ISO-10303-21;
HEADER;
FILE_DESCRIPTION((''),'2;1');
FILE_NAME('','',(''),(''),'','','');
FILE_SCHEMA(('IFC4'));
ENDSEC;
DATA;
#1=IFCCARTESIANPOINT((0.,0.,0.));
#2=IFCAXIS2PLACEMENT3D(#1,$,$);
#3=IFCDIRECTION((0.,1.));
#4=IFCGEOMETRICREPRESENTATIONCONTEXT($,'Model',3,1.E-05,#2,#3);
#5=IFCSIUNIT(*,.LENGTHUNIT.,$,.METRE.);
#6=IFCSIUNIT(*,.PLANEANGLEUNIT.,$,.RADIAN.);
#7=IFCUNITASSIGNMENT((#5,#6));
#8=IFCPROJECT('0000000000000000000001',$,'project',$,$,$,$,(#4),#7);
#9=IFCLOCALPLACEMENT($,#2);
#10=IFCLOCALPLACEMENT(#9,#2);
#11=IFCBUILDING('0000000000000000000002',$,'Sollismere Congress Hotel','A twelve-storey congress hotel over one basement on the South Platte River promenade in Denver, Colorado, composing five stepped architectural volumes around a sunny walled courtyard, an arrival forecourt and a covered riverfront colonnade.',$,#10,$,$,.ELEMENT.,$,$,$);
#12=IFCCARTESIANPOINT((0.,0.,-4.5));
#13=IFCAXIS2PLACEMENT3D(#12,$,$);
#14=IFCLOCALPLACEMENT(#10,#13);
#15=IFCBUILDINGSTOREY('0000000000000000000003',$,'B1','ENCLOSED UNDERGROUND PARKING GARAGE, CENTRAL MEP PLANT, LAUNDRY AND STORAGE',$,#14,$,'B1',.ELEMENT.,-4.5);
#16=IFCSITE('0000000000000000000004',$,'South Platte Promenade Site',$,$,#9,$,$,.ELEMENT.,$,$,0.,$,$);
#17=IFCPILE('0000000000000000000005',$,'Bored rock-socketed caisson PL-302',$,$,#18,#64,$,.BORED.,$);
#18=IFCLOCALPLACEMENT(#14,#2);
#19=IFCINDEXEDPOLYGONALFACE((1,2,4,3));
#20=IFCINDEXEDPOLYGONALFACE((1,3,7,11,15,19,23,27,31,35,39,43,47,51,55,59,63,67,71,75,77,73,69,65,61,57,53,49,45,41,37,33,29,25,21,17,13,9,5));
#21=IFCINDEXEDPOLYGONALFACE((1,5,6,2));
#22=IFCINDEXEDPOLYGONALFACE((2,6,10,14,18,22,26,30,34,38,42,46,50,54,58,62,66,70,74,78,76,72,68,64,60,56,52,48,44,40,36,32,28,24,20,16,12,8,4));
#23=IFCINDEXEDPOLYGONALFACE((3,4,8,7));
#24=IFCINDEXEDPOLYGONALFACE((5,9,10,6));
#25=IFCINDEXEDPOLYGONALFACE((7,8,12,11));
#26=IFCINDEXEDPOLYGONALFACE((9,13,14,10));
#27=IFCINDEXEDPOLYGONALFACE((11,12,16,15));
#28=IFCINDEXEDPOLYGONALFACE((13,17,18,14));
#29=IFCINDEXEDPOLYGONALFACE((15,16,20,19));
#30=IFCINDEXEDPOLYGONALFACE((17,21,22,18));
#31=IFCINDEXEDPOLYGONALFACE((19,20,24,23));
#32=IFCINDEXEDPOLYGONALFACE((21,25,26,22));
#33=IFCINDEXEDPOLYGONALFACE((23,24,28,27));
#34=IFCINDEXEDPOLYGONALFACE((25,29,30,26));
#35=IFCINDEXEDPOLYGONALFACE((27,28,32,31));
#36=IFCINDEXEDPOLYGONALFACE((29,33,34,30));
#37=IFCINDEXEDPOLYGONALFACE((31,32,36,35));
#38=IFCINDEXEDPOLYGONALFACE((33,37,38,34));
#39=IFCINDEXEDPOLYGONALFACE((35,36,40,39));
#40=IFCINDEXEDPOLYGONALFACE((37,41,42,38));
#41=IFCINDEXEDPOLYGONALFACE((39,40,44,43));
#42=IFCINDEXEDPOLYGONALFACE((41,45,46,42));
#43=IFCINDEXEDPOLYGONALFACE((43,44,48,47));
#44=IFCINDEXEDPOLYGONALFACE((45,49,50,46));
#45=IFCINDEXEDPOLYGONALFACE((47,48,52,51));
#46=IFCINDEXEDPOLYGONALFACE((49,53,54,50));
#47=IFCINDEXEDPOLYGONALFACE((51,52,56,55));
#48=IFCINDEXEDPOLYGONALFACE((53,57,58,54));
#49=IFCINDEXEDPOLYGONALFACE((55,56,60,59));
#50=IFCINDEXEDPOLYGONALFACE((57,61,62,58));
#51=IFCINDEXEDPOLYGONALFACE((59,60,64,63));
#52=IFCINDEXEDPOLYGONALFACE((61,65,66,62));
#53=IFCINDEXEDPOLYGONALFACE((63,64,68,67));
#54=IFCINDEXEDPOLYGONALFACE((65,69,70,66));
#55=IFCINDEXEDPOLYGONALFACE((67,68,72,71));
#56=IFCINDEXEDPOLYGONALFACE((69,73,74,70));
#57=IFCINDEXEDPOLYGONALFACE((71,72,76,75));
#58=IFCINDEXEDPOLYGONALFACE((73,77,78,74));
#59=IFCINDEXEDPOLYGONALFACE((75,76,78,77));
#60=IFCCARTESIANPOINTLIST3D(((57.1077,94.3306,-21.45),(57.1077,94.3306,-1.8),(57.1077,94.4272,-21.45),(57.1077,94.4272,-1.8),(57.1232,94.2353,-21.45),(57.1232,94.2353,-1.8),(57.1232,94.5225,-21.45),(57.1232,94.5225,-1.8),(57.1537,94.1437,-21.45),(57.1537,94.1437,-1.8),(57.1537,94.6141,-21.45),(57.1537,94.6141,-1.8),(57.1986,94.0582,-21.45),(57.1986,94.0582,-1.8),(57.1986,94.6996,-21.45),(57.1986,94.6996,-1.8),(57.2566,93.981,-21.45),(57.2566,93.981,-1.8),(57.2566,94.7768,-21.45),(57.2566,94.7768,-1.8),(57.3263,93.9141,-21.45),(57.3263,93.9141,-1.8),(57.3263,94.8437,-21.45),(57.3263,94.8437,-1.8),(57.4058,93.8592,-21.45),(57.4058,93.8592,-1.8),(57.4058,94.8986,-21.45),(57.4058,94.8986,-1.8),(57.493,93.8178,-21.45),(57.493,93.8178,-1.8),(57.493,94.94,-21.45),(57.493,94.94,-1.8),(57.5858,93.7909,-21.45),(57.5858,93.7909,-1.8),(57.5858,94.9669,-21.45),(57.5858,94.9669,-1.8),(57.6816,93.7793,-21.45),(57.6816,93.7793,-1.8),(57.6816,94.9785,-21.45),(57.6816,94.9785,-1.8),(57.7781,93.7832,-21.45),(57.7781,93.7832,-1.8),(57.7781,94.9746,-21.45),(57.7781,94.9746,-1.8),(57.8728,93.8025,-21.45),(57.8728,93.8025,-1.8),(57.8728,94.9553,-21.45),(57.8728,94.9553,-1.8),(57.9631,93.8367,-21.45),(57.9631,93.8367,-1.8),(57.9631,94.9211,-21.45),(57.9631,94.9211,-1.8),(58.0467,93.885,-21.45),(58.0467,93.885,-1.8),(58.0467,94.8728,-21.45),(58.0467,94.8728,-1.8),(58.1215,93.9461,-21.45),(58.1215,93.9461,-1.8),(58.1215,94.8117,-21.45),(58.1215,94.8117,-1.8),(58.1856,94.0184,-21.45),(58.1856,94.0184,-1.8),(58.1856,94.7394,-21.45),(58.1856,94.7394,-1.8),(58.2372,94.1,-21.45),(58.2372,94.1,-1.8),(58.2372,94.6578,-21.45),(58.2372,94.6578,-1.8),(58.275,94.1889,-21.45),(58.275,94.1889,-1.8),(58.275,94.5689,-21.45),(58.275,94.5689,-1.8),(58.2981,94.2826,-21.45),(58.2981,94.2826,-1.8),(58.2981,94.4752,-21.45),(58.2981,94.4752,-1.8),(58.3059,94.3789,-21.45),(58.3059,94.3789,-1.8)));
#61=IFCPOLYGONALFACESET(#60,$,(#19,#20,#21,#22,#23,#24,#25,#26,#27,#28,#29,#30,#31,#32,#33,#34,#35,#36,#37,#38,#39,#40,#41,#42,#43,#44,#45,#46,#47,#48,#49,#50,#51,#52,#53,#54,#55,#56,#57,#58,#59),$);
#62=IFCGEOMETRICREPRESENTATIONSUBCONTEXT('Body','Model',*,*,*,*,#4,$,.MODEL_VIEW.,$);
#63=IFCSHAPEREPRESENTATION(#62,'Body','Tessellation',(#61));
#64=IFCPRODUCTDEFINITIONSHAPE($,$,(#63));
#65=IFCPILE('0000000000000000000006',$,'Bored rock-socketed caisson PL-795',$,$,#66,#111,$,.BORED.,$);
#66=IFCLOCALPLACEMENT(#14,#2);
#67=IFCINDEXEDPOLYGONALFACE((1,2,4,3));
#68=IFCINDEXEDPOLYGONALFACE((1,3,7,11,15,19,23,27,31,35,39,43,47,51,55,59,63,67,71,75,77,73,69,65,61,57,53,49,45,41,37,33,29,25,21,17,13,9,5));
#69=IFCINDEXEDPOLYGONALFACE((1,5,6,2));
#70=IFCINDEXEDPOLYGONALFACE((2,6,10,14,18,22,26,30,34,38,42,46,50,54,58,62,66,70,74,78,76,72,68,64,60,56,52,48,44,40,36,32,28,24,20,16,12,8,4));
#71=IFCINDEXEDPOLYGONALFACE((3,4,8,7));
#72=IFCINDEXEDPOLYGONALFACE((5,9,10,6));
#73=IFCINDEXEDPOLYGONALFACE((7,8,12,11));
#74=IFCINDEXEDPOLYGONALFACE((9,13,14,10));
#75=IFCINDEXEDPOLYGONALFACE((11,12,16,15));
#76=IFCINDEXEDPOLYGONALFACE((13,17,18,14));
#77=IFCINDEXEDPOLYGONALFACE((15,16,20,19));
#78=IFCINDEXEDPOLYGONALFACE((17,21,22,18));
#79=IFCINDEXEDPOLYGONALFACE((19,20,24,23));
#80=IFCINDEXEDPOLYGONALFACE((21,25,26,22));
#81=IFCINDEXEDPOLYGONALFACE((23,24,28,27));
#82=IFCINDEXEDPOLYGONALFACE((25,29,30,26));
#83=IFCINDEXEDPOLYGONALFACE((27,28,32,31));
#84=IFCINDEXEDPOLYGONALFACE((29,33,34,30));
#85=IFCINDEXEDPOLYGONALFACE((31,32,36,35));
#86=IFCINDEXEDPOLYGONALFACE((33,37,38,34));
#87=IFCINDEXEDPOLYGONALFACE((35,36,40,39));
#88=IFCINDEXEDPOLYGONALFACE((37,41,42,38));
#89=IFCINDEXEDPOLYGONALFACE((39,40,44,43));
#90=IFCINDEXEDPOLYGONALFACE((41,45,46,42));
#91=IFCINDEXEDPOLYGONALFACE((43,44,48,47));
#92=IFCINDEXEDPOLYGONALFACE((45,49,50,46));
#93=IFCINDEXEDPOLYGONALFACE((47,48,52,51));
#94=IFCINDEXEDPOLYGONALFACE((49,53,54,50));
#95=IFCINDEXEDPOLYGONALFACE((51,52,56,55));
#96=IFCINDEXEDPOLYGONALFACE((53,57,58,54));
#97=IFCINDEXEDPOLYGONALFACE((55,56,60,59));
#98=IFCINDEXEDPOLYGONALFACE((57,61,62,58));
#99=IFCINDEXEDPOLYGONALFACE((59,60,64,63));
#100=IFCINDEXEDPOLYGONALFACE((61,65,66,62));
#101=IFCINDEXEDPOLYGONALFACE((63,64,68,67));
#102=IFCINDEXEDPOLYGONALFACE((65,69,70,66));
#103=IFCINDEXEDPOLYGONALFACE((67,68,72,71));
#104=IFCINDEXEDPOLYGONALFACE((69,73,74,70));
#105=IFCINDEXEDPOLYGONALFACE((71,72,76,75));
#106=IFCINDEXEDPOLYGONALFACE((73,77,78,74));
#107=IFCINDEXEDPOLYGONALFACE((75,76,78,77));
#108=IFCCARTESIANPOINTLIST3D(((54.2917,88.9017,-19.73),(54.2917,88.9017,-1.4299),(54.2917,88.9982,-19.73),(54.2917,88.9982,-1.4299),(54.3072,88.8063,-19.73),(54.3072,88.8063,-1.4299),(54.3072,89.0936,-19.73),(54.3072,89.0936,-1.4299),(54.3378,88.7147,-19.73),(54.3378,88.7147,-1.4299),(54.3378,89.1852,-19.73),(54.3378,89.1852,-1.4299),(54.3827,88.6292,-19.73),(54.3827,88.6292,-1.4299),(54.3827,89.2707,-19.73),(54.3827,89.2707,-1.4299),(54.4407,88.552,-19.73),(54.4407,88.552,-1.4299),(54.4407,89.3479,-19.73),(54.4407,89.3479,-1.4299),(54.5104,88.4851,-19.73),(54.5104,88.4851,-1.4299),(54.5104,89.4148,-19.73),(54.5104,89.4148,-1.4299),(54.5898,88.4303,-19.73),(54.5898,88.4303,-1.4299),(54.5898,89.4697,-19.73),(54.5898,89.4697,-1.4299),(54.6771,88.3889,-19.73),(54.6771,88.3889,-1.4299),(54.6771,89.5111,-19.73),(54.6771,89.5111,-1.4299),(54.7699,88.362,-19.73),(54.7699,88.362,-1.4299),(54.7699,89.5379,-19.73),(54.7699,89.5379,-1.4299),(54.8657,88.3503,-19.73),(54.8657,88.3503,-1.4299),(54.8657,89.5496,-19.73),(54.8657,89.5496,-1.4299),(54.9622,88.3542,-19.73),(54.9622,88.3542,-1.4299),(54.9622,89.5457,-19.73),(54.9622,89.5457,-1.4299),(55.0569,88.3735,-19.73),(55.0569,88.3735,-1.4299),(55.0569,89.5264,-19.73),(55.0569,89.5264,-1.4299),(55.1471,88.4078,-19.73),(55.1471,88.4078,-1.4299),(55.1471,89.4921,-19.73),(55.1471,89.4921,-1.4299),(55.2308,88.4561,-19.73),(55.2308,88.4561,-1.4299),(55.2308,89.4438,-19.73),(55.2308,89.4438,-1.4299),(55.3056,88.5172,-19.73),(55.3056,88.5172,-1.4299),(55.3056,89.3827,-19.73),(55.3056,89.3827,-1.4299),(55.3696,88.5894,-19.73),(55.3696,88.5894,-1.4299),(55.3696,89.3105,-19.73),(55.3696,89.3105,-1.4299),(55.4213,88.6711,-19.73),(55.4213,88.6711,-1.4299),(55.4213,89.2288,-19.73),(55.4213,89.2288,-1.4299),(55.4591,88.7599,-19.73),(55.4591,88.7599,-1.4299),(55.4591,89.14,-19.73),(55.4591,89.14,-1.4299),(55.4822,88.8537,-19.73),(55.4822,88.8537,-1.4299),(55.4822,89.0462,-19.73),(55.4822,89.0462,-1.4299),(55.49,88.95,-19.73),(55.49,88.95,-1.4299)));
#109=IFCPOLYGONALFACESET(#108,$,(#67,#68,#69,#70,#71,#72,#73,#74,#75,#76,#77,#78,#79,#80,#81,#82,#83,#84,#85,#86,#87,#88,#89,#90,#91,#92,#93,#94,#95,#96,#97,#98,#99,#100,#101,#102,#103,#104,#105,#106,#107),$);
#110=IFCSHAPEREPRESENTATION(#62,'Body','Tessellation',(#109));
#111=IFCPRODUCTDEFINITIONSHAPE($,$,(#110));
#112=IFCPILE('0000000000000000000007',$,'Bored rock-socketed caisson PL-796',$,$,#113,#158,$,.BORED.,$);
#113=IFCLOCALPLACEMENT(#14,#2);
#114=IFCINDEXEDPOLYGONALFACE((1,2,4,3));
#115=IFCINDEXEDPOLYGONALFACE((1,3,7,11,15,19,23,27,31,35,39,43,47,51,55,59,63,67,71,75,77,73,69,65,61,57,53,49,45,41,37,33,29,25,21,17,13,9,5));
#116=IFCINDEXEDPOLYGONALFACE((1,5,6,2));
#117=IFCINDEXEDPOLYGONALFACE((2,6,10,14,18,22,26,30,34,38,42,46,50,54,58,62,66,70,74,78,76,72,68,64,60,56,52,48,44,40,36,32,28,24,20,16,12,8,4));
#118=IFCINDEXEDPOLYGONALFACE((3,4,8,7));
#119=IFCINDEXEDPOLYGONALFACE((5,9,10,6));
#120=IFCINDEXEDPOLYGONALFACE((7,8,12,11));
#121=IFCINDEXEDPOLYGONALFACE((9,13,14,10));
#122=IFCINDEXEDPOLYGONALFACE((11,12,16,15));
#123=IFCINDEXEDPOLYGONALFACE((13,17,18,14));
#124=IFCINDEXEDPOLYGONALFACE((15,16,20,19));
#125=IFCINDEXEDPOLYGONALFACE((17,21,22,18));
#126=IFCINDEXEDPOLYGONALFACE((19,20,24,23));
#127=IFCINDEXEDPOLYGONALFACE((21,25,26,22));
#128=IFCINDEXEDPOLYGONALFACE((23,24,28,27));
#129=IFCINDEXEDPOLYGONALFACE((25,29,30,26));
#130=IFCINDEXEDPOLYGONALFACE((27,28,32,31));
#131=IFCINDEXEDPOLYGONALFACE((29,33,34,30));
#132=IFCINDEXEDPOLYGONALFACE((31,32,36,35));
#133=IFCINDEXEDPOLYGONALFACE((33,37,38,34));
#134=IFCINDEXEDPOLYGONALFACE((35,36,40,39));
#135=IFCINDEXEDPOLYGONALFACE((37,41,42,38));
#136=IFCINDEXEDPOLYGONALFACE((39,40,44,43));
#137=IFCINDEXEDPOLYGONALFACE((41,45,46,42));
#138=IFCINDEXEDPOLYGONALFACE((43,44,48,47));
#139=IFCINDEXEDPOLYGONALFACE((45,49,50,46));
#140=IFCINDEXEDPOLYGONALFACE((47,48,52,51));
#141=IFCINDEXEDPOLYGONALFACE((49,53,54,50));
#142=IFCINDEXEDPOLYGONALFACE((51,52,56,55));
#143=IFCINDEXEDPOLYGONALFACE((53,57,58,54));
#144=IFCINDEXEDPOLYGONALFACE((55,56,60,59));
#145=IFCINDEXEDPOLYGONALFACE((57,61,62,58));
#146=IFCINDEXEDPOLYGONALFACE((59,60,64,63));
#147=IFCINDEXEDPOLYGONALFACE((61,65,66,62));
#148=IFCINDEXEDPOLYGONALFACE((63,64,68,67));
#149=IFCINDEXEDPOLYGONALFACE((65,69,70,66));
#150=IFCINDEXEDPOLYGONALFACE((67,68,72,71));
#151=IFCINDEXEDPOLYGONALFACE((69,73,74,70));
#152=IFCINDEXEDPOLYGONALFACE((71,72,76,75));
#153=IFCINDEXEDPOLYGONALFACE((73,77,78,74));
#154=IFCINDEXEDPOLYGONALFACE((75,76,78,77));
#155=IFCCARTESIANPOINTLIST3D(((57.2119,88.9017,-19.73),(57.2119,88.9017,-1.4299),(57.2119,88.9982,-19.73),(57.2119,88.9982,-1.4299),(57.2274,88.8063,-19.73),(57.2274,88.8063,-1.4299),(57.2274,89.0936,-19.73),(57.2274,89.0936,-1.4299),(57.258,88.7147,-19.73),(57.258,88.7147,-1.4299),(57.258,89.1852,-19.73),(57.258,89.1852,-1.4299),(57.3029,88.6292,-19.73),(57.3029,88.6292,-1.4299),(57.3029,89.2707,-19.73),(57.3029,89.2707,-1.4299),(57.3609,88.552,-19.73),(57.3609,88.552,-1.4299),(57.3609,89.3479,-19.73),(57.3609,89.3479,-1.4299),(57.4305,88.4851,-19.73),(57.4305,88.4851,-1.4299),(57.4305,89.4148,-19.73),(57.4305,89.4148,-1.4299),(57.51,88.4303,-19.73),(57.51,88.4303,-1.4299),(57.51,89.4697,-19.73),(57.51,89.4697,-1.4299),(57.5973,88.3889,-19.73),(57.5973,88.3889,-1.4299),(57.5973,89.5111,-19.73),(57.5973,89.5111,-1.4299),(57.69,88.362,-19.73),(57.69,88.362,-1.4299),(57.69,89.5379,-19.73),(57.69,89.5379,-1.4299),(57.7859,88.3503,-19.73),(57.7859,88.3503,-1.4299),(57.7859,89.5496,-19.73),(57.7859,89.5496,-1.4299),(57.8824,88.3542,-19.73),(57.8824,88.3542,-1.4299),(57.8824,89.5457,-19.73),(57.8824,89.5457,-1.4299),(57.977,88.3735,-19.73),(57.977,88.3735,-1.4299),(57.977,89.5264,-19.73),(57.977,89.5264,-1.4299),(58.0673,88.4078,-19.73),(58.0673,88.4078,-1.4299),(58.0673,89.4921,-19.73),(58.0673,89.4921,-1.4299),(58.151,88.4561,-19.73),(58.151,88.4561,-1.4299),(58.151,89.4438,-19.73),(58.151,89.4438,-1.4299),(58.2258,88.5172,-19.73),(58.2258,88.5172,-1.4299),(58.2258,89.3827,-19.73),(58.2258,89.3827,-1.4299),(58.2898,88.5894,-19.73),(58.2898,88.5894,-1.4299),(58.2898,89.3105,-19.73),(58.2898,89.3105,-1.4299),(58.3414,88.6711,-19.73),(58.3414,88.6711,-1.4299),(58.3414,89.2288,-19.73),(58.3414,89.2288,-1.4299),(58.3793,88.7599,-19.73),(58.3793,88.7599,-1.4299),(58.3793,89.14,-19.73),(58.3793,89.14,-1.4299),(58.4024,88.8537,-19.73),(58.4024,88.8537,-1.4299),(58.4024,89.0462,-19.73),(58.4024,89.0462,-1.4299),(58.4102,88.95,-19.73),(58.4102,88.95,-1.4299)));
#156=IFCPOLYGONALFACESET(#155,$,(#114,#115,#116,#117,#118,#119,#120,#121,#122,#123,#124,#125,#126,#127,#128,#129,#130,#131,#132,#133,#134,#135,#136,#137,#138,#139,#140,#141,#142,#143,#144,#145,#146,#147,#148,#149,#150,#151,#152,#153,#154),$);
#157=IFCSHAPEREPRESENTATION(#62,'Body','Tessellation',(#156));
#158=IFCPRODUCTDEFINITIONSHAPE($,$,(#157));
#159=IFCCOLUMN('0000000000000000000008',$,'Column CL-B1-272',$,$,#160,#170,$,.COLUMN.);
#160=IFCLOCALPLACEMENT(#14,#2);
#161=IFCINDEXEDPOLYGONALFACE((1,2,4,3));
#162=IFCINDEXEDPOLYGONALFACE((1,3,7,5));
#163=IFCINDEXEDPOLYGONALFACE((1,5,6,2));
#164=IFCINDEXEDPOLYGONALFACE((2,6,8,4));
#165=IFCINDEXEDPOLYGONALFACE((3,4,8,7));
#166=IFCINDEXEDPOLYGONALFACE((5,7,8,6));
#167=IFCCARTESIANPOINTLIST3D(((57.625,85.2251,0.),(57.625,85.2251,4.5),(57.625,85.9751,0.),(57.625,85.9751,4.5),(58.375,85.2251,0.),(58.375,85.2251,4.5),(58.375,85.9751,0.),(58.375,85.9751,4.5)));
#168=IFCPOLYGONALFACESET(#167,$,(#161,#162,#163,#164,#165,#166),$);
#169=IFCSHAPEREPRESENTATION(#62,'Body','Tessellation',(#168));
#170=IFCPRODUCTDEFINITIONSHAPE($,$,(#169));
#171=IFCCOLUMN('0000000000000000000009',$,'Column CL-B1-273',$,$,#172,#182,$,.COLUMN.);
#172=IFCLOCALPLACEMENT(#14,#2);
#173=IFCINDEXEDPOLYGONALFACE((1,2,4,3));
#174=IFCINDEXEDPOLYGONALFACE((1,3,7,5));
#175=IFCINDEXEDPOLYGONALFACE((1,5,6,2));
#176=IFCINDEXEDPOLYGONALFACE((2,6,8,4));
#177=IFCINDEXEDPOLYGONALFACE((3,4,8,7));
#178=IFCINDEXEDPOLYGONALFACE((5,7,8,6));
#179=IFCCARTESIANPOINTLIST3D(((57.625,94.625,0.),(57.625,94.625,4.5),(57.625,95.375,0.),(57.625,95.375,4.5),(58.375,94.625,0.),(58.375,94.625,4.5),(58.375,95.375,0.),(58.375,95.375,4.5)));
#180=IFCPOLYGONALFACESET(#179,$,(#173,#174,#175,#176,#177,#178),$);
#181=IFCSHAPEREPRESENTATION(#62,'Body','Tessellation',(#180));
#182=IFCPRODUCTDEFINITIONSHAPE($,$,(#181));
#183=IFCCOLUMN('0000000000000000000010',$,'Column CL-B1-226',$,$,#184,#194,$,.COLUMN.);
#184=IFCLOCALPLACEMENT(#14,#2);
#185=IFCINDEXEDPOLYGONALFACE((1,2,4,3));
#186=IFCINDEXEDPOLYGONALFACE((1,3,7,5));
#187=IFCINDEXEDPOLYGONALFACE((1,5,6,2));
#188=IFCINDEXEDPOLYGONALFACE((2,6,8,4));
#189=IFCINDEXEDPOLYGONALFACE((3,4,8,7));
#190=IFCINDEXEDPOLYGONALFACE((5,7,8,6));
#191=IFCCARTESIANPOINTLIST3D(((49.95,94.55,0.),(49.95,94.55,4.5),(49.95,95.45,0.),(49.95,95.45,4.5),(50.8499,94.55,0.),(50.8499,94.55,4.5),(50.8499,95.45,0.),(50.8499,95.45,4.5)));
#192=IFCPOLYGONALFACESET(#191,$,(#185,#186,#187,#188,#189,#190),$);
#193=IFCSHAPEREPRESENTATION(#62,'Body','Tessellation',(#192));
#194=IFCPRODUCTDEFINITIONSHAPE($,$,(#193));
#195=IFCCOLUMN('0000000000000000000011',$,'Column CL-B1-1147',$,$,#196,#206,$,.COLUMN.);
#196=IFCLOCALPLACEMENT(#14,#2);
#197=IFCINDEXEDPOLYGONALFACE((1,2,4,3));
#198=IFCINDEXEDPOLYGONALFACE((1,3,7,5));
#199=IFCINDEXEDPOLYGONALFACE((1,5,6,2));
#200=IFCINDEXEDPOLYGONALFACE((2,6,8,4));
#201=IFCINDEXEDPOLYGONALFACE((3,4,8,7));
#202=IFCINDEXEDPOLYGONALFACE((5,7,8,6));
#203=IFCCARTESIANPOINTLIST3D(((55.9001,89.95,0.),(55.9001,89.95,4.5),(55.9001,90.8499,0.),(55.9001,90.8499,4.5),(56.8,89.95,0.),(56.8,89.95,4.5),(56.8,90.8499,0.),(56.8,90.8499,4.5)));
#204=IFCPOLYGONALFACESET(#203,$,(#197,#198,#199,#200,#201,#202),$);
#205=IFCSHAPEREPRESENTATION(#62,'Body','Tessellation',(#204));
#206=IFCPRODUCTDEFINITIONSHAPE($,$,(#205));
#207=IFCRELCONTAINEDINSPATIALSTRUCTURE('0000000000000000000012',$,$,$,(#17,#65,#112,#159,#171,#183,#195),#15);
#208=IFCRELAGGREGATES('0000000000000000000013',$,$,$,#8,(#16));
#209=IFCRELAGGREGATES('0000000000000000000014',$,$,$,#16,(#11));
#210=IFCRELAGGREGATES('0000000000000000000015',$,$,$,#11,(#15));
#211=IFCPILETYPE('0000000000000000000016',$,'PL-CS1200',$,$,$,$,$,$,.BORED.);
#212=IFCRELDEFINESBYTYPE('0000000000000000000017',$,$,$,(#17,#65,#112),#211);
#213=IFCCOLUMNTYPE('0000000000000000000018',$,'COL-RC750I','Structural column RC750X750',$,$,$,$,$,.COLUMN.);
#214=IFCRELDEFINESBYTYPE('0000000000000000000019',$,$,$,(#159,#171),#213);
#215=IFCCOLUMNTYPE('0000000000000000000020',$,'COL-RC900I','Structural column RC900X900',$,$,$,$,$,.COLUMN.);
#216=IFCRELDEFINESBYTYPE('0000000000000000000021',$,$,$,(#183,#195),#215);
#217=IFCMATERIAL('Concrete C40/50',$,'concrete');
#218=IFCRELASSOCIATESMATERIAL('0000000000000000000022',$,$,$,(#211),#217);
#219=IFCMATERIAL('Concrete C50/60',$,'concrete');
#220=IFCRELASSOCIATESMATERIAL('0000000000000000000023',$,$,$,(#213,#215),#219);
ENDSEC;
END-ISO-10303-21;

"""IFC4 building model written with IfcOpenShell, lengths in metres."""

from ifc_helpers import new_model, si_unit, direction, frame, origin, origin_2d, place, context, subcontext, project, spatial, rectangle, circle, extrude, material, material_profile, profile_set, type_object, element, save


model = new_model("IFC4")

# Units and contexts
model_context = context("Model", 3, precision=1e-05, world=origin(), true_north=direction((0.0, 1.0)))
body_context = subcontext(model_context, "Body", "Model", "MODEL_VIEW")
ifc_project = project(units=[si_unit("LENGTHUNIT", "METRE"), si_unit("PLANEANGLEUNIT", "RADIAN")], contexts=[model_context])

# Site, building, storey
site_placement = place(None, origin())
site = spatial("IfcSite", under=ifc_project, at=site_placement, Name="South Platte Promenade Site", CompositionType="ELEMENT", RefElevation=0.0)
building_placement = place(site_placement, origin())
building = spatial("IfcBuilding", under=site, at=building_placement, Name="Sollismere Congress Hotel", Description="A twelve-storey congress hotel over one basement on the South Platte River promenade in Denver, Colorado, composing five stepped architectural volumes around a sunny walled courtyard, an arrival forecourt and a covered riverfront colonnade.", CompositionType="ELEMENT")
storey_placement = place(building_placement, frame((0.0, 0.0, -4.5)))
storey = spatial("IfcBuildingStorey", under=building, at=storey_placement, Name="B1", Description="ENCLOSED UNDERGROUND PARKING GARAGE, CENTRAL MEP PLANT, LAUNDRY AND STORAGE", LongName="B1", CompositionType="ELEMENT", Elevation=-4.5)

# Shared definitions
ifc_material_1 = material(Name="Concrete C40/50", Category="concrete")

# Piles
ifc_material_profile_1 = material_profile(ifc_material_1, circle(Radius=0.6001, at=origin_2d()), Name="CAISSON1200")
ifc_profile_set_1 = profile_set([ifc_material_profile_1], Name="Concrete C40/50")
pile_type = type_object("IfcPileType", Name="PL-CS1200", PredefinedType="BORED", material=ifc_profile_set_1)
for number, where, z_axis, x_axis, name in (
    (1, (57.7058, 94.3789, -1.8), (0.0, 0.0, -1.0), (1.0, 0.0, 0.0), "Bored rock-socketed caisson PL-302"),
):
    element("IfcPile", number, at=place(storey_placement, frame(where, z_axis=z_axis, x_axis=x_axis)), inside=storey, type_object=pile_type, Name=name, PredefinedType="BORED", context=body_context, shape_type="SweptSolid", body=[
        extrude(circle(Radius=0.6001, at=origin_2d()), origin(), (0.0, 0.0, 1.0), 19.6499),
    ])
for number, where, z_axis, x_axis, name in (
    (2, (54.8899, 88.95, -1.4299), (0.0, 0.0, -1.0), (1.0, 0.0, 0.0), "Bored rock-socketed caisson PL-795"),
    (3, (57.8101, 88.95, -1.4299), (0.0, 0.0, -1.0), (1.0, 0.0, 0.0), "Bored rock-socketed caisson PL-796"),
):
    element("IfcPile", number, at=place(storey_placement, frame(where, z_axis=z_axis, x_axis=x_axis)), inside=storey, type_object=pile_type, Name=name, PredefinedType="BORED", context=body_context, shape_type="SweptSolid", body=[
        extrude(circle(Radius=0.6001, at=origin_2d()), origin(), (0.0, 0.0, 1.0), 18.3),
    ])

# Columns
ifc_material_2 = material(Name="Concrete C50/60", Category="concrete")
ifc_material_profile_2 = material_profile(ifc_material_2, rectangle(XDim=0.75, YDim=0.75, at=origin_2d()), Name="RC750X750")
ifc_profile_set_2 = profile_set([ifc_material_profile_2], Name="Concrete C50/60")
column_type_1 = type_object("IfcColumnType", Name="COL-RC750I", Description="Structural column RC750X750", PredefinedType="COLUMN", material=ifc_profile_set_2)
for number, where, z_axis, x_axis, name in (
    (4, (58.0, 85.6001, 0.0), (0.0, 0.0, 1.0), (1.0, 0.0, 0.0), "Column CL-B1-272"),
    (5, (58.0, 95.0, 0.0), (0.0, 0.0, 1.0), (1.0, 0.0, 0.0), "Column CL-B1-273"),
):
    element("IfcColumn", number, at=place(storey_placement, frame(where, z_axis=z_axis, x_axis=x_axis)), inside=storey, type_object=column_type_1, Name=name, PredefinedType="COLUMN", context=body_context, shape_type="SweptSolid", body=[
        extrude(rectangle(XDim=0.75, YDim=0.75, at=origin_2d()), origin(), (0.0, 0.0, 1.0), 4.5),
    ])
ifc_material_profile_3 = material_profile(ifc_material_2, rectangle(XDim=0.8999, YDim=0.8999, at=origin_2d()), Name="RC900X900")
ifc_profile_set_3 = profile_set([ifc_material_profile_3], Name="Concrete C50/60")
column_type_2 = type_object("IfcColumnType", Name="COL-RC900I", Description="Structural column RC900X900", PredefinedType="COLUMN", material=ifc_profile_set_3)
for number, where, z_axis, x_axis, name in (
    (6, (50.3999, 95.0, 0.0), (0.0, 0.0, 1.0), (1.0, 0.0, 0.0), "Column CL-B1-226"),
    (7, (56.3501, 90.3999, 0.0), (0.0, 0.0, 1.0), (1.0, 0.0, 0.0), "Column CL-B1-1147"),
):
    element("IfcColumn", number, at=place(storey_placement, frame(where, z_axis=z_axis, x_axis=x_axis)), inside=storey, type_object=column_type_2, Name=name, PredefinedType="COLUMN", context=body_context, shape_type="SweptSolid", body=[
        extrude(rectangle(XDim=0.8999, YDim=0.8999, at=origin_2d()), origin(), (0.0, 0.0, 1.0), 4.5),
    ])

save(model, "model.ifc")
